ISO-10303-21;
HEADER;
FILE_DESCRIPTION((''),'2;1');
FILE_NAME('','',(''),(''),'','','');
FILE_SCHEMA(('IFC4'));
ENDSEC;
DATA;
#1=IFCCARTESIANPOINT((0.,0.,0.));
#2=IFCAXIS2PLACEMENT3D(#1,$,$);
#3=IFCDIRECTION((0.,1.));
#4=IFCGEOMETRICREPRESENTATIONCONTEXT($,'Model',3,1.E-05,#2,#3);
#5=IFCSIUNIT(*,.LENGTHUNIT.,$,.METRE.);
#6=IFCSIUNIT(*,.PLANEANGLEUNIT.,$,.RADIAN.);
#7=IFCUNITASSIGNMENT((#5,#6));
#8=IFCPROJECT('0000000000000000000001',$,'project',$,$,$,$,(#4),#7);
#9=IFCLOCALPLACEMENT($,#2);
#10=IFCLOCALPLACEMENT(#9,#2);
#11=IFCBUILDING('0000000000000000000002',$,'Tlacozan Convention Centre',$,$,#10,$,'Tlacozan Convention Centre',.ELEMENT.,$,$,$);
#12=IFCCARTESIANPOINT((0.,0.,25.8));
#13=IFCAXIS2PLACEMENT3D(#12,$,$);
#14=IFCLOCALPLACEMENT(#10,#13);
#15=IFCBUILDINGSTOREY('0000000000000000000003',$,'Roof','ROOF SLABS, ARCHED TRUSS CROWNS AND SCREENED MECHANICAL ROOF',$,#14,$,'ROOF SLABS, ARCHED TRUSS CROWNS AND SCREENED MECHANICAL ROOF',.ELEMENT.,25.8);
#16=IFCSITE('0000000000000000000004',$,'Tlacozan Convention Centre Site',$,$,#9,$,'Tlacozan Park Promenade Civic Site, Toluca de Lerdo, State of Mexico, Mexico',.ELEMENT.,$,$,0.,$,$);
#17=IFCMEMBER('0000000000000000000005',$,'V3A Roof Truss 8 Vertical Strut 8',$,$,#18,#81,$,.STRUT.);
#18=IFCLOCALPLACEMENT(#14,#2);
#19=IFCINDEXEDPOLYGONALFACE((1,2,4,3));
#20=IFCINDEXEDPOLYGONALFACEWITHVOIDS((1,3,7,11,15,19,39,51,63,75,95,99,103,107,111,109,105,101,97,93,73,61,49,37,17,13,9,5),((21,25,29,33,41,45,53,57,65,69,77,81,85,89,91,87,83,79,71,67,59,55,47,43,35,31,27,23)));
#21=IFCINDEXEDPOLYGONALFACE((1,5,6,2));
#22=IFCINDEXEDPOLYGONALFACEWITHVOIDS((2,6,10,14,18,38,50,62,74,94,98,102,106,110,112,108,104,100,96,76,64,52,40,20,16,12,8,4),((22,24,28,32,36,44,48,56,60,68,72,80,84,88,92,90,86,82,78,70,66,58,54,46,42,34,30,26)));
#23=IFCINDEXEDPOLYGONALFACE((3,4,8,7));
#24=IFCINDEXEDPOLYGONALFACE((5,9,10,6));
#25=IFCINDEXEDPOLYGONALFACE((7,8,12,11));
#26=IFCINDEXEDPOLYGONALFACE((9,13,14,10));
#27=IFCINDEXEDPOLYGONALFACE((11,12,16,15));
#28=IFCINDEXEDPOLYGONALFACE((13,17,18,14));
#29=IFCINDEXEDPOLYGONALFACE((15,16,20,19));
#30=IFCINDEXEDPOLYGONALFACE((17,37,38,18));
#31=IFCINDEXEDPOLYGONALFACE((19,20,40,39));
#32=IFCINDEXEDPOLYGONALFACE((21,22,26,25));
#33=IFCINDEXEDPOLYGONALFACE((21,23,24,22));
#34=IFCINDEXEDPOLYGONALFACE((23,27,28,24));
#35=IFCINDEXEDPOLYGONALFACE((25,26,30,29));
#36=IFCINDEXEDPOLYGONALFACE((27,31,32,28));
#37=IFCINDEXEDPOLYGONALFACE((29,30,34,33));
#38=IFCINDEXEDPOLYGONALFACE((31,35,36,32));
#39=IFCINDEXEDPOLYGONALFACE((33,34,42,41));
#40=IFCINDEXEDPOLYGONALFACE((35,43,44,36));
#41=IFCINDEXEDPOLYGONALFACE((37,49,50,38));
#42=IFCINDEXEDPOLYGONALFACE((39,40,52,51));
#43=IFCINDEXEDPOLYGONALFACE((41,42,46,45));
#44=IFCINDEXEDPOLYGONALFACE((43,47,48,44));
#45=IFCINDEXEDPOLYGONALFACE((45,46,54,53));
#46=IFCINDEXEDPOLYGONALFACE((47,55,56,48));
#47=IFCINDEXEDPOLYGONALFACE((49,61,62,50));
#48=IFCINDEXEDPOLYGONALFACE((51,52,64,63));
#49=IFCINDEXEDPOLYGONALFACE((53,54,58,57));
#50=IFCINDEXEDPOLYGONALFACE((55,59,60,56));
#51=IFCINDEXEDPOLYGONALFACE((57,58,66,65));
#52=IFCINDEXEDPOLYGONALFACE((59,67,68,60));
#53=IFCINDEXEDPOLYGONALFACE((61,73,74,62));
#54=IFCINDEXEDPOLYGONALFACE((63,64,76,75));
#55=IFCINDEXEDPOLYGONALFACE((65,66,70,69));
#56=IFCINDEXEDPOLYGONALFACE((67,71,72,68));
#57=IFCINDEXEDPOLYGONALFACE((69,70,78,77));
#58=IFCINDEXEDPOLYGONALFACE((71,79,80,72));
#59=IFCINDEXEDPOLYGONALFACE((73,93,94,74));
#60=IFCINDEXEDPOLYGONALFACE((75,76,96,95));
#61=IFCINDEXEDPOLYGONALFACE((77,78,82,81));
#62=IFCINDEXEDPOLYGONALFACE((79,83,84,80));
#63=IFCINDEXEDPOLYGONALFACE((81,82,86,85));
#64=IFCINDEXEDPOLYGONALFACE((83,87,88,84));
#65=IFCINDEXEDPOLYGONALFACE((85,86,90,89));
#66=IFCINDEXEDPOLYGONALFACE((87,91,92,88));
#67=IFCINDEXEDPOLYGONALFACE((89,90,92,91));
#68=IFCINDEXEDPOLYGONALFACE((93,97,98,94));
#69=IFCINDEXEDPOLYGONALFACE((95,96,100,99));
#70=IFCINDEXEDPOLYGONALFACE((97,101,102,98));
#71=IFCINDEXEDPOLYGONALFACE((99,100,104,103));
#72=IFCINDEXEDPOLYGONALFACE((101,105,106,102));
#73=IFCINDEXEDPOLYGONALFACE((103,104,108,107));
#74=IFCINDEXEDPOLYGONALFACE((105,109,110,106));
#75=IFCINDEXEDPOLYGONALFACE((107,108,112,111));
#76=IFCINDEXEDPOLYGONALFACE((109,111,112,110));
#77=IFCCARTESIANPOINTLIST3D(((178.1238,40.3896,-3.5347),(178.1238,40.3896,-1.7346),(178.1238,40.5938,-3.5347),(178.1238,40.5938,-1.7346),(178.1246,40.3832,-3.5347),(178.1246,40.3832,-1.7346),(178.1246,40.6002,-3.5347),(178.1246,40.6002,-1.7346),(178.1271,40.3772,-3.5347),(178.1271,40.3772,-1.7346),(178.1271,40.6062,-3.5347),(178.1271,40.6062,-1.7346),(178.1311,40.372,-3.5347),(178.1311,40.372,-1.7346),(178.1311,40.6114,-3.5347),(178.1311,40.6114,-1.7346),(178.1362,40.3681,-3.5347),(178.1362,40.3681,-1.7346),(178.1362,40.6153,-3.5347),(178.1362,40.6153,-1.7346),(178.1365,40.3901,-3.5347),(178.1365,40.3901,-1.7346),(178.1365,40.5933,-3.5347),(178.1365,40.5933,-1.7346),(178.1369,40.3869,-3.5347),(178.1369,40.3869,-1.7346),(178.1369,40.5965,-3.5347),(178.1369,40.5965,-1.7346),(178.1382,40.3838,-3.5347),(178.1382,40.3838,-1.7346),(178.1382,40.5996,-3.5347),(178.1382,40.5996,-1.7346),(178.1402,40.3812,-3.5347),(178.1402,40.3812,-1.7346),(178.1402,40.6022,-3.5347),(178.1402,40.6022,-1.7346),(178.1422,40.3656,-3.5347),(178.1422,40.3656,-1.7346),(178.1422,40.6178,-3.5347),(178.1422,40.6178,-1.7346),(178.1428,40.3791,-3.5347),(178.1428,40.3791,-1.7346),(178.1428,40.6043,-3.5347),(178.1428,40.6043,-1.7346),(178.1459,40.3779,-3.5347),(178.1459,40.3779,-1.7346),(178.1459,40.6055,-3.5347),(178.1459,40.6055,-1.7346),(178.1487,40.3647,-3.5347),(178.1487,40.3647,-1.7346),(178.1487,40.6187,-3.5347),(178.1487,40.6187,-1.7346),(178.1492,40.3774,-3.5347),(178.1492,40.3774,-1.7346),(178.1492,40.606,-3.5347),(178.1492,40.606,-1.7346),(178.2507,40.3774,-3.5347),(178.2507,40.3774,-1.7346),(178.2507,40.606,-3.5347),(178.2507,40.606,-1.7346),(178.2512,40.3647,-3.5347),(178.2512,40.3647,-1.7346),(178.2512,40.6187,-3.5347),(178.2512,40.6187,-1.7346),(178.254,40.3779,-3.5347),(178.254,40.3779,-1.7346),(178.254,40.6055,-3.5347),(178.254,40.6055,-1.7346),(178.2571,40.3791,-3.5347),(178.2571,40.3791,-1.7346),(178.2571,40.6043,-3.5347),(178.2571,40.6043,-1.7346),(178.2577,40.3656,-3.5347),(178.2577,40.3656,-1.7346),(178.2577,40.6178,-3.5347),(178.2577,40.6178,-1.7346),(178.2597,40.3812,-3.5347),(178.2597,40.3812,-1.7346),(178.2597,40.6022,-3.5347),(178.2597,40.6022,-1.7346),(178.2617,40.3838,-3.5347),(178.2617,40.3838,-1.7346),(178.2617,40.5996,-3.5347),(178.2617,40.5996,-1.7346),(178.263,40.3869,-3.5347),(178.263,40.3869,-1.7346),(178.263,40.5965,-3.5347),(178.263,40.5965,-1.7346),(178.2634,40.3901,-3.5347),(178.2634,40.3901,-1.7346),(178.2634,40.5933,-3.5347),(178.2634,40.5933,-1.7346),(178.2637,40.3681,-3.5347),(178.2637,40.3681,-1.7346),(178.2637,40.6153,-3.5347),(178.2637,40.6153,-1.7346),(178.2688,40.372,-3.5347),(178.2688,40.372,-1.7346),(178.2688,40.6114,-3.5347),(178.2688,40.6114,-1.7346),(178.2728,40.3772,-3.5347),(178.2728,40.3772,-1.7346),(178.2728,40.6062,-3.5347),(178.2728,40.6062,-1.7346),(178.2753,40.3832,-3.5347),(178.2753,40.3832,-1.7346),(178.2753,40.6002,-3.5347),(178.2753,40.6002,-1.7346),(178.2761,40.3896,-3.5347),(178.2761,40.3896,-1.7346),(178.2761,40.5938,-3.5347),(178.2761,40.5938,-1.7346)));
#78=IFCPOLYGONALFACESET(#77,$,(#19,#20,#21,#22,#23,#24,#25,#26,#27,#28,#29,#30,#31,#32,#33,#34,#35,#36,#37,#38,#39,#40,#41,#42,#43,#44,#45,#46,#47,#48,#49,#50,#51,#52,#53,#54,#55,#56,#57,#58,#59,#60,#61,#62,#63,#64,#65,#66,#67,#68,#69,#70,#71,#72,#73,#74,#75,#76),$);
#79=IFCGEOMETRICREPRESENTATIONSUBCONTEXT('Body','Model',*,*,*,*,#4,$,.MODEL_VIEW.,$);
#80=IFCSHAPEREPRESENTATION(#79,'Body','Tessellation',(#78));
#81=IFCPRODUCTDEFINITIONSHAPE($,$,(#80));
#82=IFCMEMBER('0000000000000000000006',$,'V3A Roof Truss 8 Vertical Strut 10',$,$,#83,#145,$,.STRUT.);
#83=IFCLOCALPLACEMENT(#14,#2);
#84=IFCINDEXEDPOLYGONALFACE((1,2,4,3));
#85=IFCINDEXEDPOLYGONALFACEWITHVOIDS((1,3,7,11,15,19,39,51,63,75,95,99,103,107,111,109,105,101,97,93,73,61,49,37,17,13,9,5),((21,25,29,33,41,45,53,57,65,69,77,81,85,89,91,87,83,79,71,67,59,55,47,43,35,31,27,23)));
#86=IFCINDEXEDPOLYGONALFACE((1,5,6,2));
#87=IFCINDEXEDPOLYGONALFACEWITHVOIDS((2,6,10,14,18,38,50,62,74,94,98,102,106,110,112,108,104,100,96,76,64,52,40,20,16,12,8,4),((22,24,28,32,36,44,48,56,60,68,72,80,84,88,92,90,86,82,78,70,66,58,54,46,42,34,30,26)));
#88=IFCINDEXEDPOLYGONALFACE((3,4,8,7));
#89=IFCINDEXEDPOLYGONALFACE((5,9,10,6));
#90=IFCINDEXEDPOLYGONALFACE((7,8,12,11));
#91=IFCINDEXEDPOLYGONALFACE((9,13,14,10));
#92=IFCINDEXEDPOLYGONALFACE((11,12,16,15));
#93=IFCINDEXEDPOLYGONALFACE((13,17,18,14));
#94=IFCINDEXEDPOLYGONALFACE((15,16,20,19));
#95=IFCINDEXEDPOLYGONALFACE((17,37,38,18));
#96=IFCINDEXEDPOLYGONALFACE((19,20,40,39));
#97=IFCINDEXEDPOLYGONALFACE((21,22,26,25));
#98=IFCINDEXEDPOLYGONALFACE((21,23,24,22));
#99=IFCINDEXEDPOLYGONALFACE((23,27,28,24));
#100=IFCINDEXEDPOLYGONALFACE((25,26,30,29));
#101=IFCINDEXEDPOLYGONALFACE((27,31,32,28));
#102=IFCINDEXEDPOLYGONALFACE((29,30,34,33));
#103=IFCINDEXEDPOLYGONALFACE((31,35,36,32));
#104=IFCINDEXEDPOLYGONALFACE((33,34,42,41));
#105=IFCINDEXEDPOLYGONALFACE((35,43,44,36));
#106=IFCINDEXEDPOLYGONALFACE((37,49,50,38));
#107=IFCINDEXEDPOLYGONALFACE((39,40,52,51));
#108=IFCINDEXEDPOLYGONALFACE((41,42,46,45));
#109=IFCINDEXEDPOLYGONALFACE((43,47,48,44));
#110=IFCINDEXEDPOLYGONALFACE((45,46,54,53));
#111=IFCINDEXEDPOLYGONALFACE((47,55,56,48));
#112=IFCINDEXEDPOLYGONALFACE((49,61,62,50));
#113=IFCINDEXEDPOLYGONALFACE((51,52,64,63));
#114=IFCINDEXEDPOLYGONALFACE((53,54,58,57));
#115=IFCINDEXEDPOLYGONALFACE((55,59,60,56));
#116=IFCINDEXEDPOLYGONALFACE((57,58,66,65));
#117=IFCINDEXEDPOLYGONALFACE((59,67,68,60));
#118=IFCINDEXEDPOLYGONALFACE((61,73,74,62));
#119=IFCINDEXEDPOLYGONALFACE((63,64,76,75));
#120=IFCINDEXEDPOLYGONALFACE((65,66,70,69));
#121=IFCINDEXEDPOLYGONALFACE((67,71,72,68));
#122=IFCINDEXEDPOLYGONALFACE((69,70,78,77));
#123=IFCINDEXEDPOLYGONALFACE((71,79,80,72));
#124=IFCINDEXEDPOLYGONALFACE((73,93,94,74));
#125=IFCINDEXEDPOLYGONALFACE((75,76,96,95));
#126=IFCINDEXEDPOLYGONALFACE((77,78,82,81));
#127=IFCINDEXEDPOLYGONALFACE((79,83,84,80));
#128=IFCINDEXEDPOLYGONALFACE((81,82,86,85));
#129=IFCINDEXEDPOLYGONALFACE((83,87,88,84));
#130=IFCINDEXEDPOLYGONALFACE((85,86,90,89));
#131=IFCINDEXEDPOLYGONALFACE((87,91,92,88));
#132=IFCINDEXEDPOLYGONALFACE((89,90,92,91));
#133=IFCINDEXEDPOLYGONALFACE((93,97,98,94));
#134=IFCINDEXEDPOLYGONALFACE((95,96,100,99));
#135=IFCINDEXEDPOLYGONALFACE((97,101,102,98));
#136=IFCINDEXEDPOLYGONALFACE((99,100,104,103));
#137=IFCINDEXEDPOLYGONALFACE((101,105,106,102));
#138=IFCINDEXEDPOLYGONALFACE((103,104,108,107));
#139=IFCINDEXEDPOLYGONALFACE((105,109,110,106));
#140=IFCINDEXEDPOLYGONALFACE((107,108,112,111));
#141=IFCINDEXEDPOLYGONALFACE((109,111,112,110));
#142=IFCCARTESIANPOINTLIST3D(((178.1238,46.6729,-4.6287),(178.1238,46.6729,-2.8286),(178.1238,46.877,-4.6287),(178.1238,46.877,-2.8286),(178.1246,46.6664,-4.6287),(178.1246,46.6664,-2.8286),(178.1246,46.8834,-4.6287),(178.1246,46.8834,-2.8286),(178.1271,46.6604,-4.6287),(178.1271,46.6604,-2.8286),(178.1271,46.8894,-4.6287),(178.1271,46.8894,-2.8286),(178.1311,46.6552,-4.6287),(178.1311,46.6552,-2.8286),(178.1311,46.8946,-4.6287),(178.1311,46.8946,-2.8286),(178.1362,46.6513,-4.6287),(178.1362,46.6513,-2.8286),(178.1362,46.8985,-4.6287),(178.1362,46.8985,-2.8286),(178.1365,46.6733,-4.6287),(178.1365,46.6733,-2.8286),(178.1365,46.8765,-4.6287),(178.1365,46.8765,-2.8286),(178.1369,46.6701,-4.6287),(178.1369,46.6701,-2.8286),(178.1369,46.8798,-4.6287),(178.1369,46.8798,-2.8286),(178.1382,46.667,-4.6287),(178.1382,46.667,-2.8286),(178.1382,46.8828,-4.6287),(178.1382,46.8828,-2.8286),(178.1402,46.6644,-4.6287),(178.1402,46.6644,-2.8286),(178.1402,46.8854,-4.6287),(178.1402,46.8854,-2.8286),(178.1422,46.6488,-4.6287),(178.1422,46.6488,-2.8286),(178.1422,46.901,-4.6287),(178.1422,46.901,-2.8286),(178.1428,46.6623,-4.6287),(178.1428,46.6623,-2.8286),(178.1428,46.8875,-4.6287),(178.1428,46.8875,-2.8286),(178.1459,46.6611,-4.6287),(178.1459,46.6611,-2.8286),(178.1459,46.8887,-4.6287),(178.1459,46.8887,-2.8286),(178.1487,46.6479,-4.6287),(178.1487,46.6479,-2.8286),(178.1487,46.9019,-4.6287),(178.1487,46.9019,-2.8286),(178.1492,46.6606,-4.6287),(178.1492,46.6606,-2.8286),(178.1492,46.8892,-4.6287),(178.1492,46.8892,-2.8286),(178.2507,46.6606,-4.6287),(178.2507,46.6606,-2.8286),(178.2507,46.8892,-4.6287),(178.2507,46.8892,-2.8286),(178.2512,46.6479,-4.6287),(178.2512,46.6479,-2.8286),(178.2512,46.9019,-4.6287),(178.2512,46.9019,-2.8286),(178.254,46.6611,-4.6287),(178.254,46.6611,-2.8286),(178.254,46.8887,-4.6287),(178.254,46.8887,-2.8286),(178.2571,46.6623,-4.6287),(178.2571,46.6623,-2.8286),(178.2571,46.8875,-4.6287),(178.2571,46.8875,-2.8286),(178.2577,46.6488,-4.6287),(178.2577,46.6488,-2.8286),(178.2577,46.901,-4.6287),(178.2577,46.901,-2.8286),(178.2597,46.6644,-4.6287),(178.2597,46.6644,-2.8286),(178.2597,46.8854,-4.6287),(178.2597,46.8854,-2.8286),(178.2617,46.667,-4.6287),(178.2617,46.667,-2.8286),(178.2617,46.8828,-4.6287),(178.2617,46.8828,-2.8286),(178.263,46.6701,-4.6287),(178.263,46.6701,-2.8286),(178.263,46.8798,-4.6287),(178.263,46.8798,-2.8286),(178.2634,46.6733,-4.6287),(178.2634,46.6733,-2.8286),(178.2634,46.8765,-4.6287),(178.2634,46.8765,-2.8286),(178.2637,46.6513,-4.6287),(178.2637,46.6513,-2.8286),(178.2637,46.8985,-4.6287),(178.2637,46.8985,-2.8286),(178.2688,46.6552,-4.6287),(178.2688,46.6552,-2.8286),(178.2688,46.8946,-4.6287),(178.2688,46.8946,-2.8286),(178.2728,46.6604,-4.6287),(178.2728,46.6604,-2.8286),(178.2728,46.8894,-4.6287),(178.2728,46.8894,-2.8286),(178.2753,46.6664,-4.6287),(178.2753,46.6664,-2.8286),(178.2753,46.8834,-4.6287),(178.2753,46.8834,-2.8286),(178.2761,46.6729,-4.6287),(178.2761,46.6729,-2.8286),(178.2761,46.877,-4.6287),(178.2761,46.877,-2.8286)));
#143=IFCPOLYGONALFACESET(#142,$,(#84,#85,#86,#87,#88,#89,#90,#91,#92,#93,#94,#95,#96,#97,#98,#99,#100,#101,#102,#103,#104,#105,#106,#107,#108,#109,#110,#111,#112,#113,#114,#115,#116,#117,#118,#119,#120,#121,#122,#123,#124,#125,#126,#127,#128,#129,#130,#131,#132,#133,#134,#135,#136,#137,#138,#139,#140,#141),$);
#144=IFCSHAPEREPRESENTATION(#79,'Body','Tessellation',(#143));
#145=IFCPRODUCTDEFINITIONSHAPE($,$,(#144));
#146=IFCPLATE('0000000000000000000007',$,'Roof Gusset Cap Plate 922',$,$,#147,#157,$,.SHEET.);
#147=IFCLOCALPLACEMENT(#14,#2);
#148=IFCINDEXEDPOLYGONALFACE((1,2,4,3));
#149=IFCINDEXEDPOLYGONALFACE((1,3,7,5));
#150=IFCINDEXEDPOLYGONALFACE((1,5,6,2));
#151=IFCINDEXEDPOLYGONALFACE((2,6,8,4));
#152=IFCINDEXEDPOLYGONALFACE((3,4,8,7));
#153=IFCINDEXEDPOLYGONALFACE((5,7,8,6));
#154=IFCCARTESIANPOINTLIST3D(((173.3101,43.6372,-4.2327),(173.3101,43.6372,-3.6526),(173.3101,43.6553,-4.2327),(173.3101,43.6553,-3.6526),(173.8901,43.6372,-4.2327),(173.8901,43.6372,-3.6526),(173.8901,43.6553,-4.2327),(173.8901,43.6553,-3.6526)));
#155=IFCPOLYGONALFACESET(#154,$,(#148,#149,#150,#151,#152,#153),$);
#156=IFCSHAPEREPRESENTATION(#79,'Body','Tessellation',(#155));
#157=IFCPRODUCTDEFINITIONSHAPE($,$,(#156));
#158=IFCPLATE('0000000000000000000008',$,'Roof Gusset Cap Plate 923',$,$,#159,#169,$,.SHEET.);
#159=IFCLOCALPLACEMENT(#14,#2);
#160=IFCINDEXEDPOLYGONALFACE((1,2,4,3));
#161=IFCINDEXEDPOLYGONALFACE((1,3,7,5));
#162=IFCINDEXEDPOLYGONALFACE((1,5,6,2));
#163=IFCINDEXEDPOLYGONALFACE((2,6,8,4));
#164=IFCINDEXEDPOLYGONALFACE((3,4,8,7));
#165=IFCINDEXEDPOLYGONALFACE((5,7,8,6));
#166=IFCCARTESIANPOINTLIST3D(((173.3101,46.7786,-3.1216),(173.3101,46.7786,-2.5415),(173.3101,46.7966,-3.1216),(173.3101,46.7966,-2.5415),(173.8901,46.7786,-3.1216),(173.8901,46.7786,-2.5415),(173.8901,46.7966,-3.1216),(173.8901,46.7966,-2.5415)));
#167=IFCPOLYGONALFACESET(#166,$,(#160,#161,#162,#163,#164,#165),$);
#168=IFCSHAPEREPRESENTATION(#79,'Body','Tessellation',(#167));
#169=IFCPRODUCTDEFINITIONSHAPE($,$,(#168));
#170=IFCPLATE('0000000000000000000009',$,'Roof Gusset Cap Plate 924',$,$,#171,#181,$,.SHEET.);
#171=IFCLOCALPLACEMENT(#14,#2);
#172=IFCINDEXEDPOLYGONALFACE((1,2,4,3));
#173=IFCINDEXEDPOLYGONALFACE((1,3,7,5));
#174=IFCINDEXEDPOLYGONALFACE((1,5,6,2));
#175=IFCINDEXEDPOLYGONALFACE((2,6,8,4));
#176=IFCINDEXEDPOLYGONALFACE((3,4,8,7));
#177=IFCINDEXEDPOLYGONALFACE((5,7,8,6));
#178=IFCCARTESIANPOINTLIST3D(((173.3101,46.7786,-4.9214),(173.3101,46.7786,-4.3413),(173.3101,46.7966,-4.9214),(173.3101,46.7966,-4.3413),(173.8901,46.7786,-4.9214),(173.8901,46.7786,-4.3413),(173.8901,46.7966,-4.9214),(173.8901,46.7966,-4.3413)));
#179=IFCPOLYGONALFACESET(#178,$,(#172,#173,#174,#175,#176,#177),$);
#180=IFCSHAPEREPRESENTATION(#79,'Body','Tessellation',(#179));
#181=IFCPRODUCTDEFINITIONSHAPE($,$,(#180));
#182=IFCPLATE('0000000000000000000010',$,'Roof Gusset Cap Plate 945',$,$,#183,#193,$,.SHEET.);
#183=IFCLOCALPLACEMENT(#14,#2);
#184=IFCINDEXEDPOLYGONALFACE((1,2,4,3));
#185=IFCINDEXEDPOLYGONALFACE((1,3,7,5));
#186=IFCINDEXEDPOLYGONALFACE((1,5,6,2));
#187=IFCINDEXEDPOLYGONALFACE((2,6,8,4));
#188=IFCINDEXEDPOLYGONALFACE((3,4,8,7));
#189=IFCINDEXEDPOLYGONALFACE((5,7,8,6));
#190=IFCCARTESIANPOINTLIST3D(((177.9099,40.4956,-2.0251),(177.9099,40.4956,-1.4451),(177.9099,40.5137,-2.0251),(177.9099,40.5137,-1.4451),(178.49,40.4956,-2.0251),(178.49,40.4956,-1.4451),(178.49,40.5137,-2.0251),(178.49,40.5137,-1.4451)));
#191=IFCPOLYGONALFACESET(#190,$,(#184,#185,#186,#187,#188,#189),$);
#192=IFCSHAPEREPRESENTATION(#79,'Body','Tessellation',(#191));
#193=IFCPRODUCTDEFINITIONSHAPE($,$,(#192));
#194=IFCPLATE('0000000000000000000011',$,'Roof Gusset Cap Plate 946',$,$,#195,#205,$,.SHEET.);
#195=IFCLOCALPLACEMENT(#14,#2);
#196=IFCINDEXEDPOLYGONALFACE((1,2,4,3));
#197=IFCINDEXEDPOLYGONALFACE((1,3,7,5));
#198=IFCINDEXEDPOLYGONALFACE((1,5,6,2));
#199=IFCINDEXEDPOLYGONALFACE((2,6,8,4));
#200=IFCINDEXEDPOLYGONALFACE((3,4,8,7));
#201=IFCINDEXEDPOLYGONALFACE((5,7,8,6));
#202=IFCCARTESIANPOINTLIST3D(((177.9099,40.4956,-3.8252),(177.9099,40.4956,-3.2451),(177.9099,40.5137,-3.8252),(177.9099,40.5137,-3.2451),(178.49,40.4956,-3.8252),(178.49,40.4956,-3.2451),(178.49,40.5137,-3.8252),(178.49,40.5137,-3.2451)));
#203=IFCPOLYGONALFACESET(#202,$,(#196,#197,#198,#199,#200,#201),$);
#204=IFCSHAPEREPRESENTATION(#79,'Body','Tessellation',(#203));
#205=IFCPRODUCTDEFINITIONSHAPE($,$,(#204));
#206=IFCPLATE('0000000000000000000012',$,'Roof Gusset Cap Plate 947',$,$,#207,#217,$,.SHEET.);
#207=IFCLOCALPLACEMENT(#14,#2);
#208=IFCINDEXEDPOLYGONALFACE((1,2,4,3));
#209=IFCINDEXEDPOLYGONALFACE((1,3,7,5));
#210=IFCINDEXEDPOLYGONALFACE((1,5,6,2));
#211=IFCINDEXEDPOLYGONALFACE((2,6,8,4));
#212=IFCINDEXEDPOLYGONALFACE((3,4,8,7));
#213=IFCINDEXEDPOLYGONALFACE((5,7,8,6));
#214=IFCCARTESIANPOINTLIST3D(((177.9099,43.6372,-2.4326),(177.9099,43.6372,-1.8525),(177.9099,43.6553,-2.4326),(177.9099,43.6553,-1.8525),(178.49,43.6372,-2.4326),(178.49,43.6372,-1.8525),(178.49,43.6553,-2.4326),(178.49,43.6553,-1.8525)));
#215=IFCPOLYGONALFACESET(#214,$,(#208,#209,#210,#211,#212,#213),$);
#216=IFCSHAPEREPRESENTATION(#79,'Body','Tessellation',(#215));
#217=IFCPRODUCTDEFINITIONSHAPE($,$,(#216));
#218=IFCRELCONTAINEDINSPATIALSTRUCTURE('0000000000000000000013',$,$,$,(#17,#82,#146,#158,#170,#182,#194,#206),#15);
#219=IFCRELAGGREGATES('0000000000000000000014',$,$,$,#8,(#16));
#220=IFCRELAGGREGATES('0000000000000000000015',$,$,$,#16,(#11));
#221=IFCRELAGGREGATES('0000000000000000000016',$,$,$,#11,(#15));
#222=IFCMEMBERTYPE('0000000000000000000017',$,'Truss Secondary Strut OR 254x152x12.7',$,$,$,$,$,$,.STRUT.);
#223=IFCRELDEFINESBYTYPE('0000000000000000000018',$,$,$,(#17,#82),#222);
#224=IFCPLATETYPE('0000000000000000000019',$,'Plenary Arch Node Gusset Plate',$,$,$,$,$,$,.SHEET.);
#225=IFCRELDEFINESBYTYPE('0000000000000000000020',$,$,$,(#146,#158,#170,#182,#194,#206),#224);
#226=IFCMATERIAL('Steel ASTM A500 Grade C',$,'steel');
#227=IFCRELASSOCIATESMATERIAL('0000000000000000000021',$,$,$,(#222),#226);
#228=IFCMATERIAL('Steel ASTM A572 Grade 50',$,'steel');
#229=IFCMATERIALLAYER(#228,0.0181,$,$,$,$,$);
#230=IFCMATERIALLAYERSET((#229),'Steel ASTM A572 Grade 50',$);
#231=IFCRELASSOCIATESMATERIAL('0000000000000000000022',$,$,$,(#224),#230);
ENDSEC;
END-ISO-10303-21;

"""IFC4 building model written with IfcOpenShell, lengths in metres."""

from ifc_helpers import new_model, si_unit, direction, frame, origin, origin_2d, place, context, subcontext, project, spatial, rectangle, hollow_rectangle, extrude, material, layer, layer_set, material_profile, profile_set, type_object, element, save


model = new_model("IFC4")

# Units and contexts
model_context = context("Model", 3, precision=1e-05, world=origin(), true_north=direction((0.0, 1.0)))
body_context = subcontext(model_context, "Body", "Model", "MODEL_VIEW")
ifc_project = project(units=[si_unit("LENGTHUNIT", "METRE"), si_unit("PLANEANGLEUNIT", "RADIAN")], contexts=[model_context])

# Site, building, storey
site_placement = place(None, origin())
site = spatial("IfcSite", under=ifc_project, at=site_placement, Name="Tlacozan Convention Centre Site", LongName="Tlacozan Park Promenade Civic Site, Toluca de Lerdo, State of Mexico, Mexico", CompositionType="ELEMENT", RefElevation=0.0)
building_placement = place(site_placement, origin())
building = spatial("IfcBuilding", under=site, at=building_placement, Name="Tlacozan Convention Centre", LongName="Tlacozan Convention Centre", CompositionType="ELEMENT")
storey_placement = place(building_placement, frame((0.0, 0.0, 25.8)))
storey = spatial("IfcBuildingStorey", under=building, at=storey_placement, Name="Roof", Description="ROOF SLABS, ARCHED TRUSS CROWNS AND SCREENED MECHANICAL ROOF", LongName="ROOF SLABS, ARCHED TRUSS CROWNS AND SCREENED MECHANICAL ROOF", CompositionType="ELEMENT", Elevation=25.8)

# Members
ifc_material_1 = material(Name="Steel ASTM A500 Grade C", Category="steel")
ifc_material_profile_1 = material_profile(ifc_material_1, hollow_rectangle(XDim=0.1523, YDim=0.2539, WallThickness=0.0127, InnerFilletRadius=0.0127, OuterFilletRadius=0.0249, at=origin_2d()), Name="OR 254x152x12.7")
ifc_profile_set_1 = profile_set([ifc_material_profile_1], Name="Steel ASTM A500 Grade C")
member_type_1 = type_object("IfcMemberType", Name="Truss Secondary Strut OR 254x152x12.7", PredefinedType="STRUT", material=ifc_profile_set_1)
for number, where, z_axis, x_axis, name in (
    (1, (178.2, 40.4917, -3.5347), (0.0, 0.0, 1.0), (1.0, 0.0, 0.0), "V3A Roof Truss 8 Vertical Strut 8"),
    (2, (178.2, 46.7749, -4.6287), (0.0, 0.0, 1.0), (1.0, 0.0, 0.0), "V3A Roof Truss 8 Vertical Strut 10"),
):
    element("IfcMember", number, at=place(storey_placement, frame(where, z_axis=z_axis, x_axis=x_axis)), inside=storey, type_object=member_type_1, Name=name, PredefinedType="STRUT", context=body_context, shape_type="SweptSolid", body=[
        extrude(hollow_rectangle(XDim=0.1523, YDim=0.2539, WallThickness=0.0127, InnerFilletRadius=0.0127, OuterFilletRadius=0.0249, at=origin_2d()), origin(), (0.0, 0.0, 1.0), 1.8),
    ])

# Plates
ifc_material_2 = material(Name="Steel ASTM A572 Grade 50", Category="steel")
ifc_layer = layer(ifc_material_2, 0.0181)
ifc_layer_set = layer_set([ifc_layer], Name="Steel ASTM A572 Grade 50")
plate_type = type_object("IfcPlateType", Name="Plenary Arch Node Gusset Plate", PredefinedType="SHEET", material=ifc_layer_set)
for number, where, z_axis, x_axis, name in (
    (3, (173.6001, 43.6462, -4.2327), (0.0, 0.0, 1.0), (0.0, 1.0, 0.0), "Roof Gusset Cap Plate 922"),
    (4, (173.6001, 46.7876, -3.1216), (0.0, 0.0, 1.0), (0.0, 1.0, 0.0), "Roof Gusset Cap Plate 923"),
    (5, (173.6001, 46.7876, -4.9214), (0.0, 0.0, 1.0), (0.0, 1.0, 0.0), "Roof Gusset Cap Plate 924"),
    (6, (178.2, 40.5046, -2.0251), (0.0, 0.0, 1.0), (0.0, 1.0, 0.0), "Roof Gusset Cap Plate 945"),
    (7, (178.2, 40.5046, -3.8252), (0.0, 0.0, 1.0), (0.0, 1.0, 0.0), "Roof Gusset Cap Plate 946"),
    (8, (178.2, 43.6462, -2.4326), (0.0, 0.0, 1.0), (0.0, 1.0, 0.0), "Roof Gusset Cap Plate 947"),
):
    element("IfcPlate", number, at=place(storey_placement, frame(where, z_axis=z_axis, x_axis=x_axis)), inside=storey, type_object=plate_type, Name=name, PredefinedType="SHEET", context=body_context, shape_type="SweptSolid", body=[
        extrude(rectangle(XDim=0.0181, YDim=0.5801, at=origin_2d()), origin(), (0.0, 0.0, 1.0), 0.5801),
    ])

save(model, "model.ifc")
